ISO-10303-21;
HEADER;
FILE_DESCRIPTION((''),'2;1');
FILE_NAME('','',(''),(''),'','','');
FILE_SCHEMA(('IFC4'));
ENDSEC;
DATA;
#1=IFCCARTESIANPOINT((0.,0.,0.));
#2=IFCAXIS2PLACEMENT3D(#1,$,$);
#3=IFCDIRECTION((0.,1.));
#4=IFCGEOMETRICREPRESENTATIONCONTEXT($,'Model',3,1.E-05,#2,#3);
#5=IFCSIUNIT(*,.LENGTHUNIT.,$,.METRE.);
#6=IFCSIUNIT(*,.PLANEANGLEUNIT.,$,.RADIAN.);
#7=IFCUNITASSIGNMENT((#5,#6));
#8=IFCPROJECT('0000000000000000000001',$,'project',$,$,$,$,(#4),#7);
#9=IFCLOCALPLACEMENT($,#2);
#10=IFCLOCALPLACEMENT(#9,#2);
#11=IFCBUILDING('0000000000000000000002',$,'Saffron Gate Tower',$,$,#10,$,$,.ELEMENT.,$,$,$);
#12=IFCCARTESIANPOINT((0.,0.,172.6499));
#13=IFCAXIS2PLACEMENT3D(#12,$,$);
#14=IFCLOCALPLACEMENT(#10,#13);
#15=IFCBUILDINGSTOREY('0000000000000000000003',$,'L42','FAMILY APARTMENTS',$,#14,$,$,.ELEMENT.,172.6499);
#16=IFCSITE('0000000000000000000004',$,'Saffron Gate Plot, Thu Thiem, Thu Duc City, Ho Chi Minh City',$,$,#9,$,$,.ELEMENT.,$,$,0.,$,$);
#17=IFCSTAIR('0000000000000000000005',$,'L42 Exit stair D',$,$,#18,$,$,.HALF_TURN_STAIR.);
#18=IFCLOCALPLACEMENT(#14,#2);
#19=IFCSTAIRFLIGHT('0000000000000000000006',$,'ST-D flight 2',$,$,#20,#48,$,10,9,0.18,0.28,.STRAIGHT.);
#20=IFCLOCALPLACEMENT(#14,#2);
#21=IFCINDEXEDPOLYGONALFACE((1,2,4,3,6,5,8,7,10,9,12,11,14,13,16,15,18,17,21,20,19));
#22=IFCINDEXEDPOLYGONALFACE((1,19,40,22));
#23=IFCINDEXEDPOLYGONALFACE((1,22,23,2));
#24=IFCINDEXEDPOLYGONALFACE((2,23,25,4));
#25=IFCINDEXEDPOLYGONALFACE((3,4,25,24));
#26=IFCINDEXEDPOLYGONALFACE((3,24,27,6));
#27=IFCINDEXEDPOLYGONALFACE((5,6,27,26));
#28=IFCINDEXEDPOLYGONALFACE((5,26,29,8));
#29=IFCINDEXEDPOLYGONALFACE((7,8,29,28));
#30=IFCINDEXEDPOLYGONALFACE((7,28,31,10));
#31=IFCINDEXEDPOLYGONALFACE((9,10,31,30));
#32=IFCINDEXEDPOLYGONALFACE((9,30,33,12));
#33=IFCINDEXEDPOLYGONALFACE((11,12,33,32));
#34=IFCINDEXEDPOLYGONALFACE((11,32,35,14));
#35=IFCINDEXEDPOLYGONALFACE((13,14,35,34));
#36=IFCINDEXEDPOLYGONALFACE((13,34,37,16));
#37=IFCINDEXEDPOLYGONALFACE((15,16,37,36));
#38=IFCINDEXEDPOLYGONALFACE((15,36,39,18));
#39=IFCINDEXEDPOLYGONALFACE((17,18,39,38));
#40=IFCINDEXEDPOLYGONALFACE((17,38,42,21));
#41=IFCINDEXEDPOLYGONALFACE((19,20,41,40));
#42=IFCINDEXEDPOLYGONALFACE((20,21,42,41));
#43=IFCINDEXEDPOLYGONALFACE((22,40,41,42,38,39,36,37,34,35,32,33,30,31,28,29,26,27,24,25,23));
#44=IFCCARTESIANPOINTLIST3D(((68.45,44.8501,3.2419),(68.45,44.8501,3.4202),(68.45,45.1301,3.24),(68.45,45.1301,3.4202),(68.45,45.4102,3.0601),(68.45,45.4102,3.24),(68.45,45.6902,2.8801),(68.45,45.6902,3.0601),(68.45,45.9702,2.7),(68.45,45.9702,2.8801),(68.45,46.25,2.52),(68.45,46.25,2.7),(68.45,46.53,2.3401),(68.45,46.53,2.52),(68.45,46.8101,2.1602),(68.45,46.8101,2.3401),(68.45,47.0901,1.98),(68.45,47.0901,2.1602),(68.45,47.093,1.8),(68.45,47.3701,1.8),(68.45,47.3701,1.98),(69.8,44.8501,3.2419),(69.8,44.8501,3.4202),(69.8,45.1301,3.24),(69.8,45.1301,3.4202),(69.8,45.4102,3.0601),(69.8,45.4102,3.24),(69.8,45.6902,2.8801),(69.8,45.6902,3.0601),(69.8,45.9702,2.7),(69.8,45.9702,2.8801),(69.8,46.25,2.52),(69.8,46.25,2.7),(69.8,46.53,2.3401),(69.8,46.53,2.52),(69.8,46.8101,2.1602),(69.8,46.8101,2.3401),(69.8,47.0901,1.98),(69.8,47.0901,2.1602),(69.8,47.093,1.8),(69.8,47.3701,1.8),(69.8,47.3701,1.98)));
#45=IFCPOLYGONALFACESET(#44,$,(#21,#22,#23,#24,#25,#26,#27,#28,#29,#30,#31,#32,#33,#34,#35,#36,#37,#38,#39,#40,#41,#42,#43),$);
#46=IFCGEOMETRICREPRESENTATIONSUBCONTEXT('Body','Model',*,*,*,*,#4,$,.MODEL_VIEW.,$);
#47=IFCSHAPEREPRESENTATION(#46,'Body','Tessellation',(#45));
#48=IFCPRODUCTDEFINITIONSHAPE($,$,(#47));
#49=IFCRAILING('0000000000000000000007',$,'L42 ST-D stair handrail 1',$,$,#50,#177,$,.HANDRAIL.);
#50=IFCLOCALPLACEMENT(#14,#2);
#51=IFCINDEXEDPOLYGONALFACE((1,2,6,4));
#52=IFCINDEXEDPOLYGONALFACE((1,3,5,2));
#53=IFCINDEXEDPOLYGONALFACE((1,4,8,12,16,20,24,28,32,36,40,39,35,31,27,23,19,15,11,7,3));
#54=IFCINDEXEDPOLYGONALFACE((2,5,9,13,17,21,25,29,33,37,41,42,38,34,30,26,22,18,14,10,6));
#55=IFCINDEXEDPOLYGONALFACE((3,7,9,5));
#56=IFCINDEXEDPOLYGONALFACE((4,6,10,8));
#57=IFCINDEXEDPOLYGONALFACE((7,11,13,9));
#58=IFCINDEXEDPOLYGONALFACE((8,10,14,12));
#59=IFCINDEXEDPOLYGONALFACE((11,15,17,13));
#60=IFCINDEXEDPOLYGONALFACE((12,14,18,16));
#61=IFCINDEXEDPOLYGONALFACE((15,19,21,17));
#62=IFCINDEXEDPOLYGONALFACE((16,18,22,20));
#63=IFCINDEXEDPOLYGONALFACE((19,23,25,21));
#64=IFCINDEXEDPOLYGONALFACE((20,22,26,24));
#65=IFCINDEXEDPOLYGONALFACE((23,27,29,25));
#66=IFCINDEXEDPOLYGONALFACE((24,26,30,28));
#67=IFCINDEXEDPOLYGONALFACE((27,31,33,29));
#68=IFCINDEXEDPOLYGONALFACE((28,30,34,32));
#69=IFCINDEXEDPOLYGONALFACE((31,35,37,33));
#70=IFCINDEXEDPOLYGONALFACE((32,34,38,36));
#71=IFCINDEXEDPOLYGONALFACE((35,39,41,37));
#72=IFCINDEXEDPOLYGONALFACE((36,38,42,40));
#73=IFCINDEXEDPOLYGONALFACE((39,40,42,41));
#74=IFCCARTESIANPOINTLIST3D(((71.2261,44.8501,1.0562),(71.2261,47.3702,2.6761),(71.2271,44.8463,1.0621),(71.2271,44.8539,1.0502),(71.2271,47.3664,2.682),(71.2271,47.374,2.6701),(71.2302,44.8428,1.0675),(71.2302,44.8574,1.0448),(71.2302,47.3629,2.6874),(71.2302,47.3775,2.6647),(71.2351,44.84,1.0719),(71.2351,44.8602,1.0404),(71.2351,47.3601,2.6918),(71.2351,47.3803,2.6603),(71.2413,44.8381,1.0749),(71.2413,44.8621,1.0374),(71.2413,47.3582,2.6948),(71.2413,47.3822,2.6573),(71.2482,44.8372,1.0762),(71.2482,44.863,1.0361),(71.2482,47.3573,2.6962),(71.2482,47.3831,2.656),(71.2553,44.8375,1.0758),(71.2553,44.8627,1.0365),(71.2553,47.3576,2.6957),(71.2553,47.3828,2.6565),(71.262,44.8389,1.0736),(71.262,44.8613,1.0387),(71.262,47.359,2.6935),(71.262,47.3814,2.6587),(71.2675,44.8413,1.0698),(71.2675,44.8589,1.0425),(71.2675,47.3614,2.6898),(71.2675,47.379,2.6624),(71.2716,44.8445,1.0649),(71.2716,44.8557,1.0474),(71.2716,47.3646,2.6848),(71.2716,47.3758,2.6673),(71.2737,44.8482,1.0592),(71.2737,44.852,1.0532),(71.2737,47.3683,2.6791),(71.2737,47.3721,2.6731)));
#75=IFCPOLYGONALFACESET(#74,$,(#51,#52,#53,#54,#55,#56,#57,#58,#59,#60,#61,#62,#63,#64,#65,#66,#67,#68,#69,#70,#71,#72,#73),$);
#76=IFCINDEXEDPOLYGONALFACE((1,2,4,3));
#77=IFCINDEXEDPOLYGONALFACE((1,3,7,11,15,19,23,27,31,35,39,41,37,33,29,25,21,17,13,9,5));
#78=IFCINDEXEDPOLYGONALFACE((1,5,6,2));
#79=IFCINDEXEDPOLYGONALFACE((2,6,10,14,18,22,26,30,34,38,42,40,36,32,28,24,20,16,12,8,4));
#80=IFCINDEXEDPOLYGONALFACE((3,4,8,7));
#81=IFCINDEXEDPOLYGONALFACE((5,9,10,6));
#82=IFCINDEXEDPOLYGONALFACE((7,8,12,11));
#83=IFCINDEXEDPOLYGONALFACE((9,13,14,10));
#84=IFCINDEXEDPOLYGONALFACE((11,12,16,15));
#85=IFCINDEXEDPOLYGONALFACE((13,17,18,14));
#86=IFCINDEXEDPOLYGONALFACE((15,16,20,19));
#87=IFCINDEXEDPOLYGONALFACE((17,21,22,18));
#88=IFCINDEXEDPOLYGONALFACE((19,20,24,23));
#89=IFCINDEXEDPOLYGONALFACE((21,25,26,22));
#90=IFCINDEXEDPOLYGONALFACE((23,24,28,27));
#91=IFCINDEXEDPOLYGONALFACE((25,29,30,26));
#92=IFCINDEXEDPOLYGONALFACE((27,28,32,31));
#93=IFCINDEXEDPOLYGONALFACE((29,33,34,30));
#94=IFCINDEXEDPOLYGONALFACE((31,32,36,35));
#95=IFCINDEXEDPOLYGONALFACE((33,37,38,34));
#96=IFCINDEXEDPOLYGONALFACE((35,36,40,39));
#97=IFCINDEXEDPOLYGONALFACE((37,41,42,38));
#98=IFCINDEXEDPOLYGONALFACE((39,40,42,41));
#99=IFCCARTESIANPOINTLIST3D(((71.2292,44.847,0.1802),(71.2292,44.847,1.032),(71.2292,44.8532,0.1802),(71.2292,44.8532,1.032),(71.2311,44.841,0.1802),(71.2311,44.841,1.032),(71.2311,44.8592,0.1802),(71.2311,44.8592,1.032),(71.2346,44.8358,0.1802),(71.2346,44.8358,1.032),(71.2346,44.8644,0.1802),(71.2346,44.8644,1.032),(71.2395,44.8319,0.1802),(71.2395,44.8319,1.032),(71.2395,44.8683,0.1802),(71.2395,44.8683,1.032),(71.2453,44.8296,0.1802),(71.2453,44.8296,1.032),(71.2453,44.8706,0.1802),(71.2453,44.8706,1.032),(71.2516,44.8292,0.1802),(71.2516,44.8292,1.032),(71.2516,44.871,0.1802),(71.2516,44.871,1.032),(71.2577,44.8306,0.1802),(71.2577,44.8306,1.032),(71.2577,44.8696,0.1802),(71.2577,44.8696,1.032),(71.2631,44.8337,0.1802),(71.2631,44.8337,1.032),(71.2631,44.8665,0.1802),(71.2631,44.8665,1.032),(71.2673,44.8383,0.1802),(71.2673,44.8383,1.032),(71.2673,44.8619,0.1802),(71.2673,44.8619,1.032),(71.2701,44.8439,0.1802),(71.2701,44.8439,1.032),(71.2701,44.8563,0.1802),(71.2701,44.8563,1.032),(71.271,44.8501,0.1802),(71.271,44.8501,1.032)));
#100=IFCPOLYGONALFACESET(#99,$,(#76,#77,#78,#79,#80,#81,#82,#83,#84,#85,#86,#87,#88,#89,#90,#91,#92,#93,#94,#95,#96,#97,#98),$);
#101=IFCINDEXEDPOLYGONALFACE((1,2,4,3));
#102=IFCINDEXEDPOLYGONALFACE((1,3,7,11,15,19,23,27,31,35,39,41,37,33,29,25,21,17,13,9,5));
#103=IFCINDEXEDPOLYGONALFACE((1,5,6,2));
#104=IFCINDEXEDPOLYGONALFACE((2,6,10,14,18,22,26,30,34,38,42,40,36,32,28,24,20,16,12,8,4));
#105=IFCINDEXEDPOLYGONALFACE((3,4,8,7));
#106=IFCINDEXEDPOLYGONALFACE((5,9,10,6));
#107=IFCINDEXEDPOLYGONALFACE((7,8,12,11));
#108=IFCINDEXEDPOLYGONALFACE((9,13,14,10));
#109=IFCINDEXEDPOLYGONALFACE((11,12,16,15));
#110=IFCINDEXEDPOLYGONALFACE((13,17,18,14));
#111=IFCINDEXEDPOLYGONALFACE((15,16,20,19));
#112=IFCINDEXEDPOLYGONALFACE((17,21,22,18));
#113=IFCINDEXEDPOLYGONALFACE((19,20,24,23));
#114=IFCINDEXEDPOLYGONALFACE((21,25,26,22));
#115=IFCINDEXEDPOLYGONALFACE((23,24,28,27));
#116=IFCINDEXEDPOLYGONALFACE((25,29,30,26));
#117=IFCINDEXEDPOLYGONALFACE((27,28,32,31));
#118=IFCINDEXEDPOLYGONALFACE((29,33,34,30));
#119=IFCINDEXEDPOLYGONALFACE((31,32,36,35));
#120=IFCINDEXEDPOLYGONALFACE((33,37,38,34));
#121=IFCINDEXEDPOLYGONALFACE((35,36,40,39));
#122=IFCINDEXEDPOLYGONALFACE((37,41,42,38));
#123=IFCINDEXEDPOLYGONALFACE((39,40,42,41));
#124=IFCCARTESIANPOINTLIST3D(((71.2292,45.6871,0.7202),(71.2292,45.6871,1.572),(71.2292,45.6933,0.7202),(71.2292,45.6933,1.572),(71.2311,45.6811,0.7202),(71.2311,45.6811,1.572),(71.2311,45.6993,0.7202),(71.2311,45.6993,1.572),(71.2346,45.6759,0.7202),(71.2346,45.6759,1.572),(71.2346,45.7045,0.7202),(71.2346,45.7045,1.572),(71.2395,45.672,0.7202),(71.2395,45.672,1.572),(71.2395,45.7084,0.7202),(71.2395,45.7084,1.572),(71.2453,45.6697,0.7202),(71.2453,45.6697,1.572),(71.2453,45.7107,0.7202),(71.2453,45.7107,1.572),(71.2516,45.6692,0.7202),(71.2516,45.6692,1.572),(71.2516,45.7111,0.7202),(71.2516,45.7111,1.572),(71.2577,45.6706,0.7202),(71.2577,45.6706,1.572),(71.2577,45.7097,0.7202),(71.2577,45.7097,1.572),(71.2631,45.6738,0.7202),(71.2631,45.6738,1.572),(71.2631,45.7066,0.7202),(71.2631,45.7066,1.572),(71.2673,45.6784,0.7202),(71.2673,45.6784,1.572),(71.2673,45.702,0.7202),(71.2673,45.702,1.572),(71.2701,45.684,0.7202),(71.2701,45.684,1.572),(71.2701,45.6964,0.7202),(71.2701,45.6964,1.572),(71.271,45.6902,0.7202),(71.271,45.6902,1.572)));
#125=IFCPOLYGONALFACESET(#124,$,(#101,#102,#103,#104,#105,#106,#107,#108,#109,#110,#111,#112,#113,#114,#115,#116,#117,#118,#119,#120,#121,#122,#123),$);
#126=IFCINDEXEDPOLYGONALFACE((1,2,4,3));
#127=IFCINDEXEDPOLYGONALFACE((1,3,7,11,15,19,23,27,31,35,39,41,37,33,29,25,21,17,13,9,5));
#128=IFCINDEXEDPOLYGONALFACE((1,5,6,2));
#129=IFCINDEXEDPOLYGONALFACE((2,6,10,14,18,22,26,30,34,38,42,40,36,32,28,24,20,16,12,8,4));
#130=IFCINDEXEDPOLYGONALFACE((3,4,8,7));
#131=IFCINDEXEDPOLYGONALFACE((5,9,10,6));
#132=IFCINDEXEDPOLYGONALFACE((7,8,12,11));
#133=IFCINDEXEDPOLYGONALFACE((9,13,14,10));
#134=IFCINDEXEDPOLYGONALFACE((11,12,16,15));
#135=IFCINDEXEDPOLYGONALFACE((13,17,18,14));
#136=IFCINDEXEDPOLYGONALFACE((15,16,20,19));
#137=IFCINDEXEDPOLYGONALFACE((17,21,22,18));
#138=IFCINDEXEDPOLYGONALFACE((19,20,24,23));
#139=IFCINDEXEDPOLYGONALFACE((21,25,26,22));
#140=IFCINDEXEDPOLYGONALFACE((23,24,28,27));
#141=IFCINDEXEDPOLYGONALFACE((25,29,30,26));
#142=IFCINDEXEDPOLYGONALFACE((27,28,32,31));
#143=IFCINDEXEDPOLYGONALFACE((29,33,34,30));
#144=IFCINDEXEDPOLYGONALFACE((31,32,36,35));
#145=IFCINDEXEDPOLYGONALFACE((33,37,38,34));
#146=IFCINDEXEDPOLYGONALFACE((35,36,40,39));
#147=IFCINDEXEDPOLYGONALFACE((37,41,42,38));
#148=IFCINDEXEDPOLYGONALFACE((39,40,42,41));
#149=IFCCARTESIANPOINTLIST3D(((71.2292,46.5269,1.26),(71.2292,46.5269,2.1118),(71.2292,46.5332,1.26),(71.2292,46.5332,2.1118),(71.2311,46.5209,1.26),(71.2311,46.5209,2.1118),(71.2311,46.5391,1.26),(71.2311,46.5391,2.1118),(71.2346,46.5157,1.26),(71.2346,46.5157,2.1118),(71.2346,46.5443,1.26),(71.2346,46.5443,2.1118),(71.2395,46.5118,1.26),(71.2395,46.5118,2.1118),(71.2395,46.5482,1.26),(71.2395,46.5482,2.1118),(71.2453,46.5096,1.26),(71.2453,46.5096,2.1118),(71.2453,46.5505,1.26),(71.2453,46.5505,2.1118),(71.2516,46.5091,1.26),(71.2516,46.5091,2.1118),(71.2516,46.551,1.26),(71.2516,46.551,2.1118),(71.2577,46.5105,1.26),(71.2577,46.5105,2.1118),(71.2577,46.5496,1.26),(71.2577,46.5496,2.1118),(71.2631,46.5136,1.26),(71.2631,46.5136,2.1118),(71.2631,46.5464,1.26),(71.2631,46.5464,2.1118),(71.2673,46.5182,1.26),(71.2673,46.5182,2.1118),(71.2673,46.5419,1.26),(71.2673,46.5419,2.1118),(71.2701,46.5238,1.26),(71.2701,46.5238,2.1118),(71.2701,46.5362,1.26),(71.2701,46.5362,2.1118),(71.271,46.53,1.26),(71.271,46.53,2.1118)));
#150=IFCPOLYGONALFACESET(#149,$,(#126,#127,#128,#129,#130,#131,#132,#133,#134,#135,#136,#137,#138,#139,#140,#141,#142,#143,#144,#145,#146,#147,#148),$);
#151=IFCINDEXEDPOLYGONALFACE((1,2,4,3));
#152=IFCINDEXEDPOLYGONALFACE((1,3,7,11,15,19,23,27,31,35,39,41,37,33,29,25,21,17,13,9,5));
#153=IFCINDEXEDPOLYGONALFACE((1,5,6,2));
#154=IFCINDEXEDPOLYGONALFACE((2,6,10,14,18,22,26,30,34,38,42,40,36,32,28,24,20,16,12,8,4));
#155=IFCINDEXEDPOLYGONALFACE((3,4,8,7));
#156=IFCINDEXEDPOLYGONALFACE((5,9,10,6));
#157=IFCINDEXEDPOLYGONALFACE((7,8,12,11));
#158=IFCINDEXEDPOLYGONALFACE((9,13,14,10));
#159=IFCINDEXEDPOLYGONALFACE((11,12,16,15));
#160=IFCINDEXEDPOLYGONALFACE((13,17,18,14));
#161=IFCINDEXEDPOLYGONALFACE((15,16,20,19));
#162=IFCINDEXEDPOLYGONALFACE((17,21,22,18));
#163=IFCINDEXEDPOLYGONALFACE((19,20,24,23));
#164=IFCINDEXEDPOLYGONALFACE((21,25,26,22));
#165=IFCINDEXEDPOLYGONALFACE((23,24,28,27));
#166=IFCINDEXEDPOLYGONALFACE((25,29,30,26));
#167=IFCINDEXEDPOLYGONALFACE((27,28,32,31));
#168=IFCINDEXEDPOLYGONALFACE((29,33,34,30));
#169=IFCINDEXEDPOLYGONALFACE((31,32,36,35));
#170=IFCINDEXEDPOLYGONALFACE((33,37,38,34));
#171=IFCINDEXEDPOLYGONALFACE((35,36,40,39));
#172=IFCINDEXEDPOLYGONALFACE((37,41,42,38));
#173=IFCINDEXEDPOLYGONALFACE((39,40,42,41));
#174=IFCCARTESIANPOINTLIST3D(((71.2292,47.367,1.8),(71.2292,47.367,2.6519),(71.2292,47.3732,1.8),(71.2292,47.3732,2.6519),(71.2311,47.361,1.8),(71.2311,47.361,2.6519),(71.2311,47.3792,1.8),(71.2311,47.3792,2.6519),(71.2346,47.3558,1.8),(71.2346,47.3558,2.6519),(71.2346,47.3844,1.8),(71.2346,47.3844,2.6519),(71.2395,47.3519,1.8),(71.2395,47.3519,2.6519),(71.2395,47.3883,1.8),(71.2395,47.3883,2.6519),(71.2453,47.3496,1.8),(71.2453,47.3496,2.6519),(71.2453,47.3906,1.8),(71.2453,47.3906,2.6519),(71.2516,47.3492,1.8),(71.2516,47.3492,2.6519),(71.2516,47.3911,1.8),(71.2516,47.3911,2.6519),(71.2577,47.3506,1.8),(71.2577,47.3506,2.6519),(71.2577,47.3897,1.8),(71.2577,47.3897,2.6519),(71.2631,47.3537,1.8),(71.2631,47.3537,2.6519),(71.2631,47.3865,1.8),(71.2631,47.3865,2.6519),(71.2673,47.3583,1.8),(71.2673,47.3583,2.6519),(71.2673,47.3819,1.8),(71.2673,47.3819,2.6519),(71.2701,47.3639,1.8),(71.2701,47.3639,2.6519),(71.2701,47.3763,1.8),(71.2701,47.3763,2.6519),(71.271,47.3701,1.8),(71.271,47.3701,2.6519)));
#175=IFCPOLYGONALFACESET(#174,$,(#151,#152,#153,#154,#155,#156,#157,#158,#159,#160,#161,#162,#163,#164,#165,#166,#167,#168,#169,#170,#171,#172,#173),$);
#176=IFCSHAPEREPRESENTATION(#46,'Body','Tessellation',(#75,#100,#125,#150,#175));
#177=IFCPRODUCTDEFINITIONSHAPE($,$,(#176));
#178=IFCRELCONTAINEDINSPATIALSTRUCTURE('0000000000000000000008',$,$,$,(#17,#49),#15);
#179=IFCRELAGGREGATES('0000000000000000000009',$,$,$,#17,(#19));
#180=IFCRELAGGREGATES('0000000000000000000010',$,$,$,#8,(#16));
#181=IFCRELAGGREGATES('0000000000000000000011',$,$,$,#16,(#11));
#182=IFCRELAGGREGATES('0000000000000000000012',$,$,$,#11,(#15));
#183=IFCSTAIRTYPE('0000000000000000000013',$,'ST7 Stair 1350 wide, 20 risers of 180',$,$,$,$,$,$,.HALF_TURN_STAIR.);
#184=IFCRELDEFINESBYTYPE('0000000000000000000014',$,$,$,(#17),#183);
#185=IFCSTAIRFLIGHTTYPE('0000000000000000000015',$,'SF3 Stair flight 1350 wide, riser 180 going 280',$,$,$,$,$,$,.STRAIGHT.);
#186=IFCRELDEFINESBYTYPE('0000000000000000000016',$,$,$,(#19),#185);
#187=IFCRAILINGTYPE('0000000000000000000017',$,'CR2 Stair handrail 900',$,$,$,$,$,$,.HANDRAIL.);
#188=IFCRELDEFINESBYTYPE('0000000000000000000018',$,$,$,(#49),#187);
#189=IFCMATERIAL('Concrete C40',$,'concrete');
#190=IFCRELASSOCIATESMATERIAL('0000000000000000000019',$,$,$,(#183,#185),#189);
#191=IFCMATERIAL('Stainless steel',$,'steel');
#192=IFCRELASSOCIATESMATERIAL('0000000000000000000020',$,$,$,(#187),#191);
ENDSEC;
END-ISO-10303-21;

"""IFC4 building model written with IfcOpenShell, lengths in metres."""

from ifc_helpers import new_model, si_unit, direction, frame, origin, origin_2d, place, context, subcontext, project, spatial, polyline, circle, outline, extrude, material, type_object, element, aggregate, save


model = new_model("IFC4")

# Units and contexts
model_context = context("Model", 3, precision=1e-05, world=origin(), true_north=direction((0.0, 1.0)))
body_context = subcontext(model_context, "Body", "Model", "MODEL_VIEW")
ifc_project = project(units=[si_unit("LENGTHUNIT", "METRE"), si_unit("PLANEANGLEUNIT", "RADIAN")], contexts=[model_context])

# Site, building, storey
site_placement = place(None, origin())
site = spatial("IfcSite", under=ifc_project, at=site_placement, Name="Saffron Gate Plot, Thu Thiem, Thu Duc City, Ho Chi Minh City", CompositionType="ELEMENT", RefElevation=0.0)
building_placement = place(site_placement, origin())
building = spatial("IfcBuilding", under=site, at=building_placement, Name="Saffron Gate Tower", CompositionType="ELEMENT")
storey_placement = place(building_placement, frame((0.0, 0.0, 172.6499)))
storey = spatial("IfcBuildingStorey", under=building, at=storey_placement, Name="L42", Description="FAMILY APARTMENTS", CompositionType="ELEMENT", Elevation=172.6499)

# Stair, stair flight
ifc_material_1 = material(Name="Concrete C40", Category="concrete")
stair_type = type_object("IfcStairType", Name="ST7 Stair 1350 wide, 20 risers of 180", PredefinedType="HALF_TURN_STAIR", material=ifc_material_1)
stair_placement = place(storey_placement, origin())
stair = element("IfcStair", 1, at=stair_placement, inside=storey, type_object=stair_type, Name="L42 Exit stair D", PredefinedType="HALF_TURN_STAIR")
stair_flight_type = type_object("IfcStairFlightType", Name="SF3 Stair flight 1350 wide, riser 180 going 280", PredefinedType="STRAIGHT", material=ifc_material_1)
stair_flight_1_placement = place(storey_placement, frame((69.125, 47.3701, 1.8), z_axis=(0.0, 0.0, 1.0), x_axis=(0.0, -1.0, 0.0)))
stair_flight_1 = element("IfcStairFlight", 2, at=stair_flight_1_placement, type_object=stair_flight_type, Name="ST-D flight 2", NumberOfRisers=10, NumberOfTreads=9, PredefinedType="STRAIGHT", RiserHeight=0.18, TreadLength=0.28, context=body_context, shape_type="SweptSolid", body=[
    extrude(outline(polyline([(0.0, 0.0), (0.0, 0.1799), (0.28, 0.1799), (0.28, 0.3601), (0.5601, 0.3601), (0.5601, 0.54), (0.8401, 0.54), (0.8401, 0.72), (1.1201, 0.72), (1.1201, 0.8999), (1.3999, 0.8999), (1.3999, 1.0801), (1.6799, 1.0801), (1.6799, 1.26), (1.96, 1.26), (1.96, 1.4399), (2.24, 1.4399), (2.24, 1.6201), (2.52, 1.6201), (2.52, 1.8), (2.52, 1.4419), (0.2771, 0.0), (0.0, 0.0)])), frame((0.0, 0.675, 0.0), z_axis=(0.0, -1.0, 0.0), x_axis=(1.0, 0.0, 0.0)), (0.0, 0.0, 1.0), 1.3501),
])
aggregate(stair, [stair_flight_1])

# Railing
ifc_material_2 = material(Name="Stainless steel", Category="steel")
railing_type_1 = type_object("IfcRailingType", Name="CR2 Stair handrail 900", PredefinedType="HANDRAIL", material=ifc_material_2)
railing_1_placement = place(storey_placement, frame((71.25, 44.8501, 0.1802)))
element("IfcRailing", 3, at=railing_1_placement, inside=storey, type_object=railing_type_1, Name="L42 ST-D stair handrail 1", PredefinedType="HANDRAIL", context=body_context, shape_type="SweptSolid", body=[
    extrude(circle(Radius=0.0239, at=origin_2d()), frame((0.0, 0.0, 0.876), z_axis=(0.0, 0.8412, 0.540725), x_axis=(-1.0, 0.0, 0.0)), (0.0, 0.0, 1.0), 2.9958),
    extrude(circle(Radius=0.021, at=origin_2d()), origin(), (0.0, 0.0, 1.0), 0.8518),
    extrude(circle(Radius=0.021, at=origin_2d()), frame((0.0, 0.8401, 0.54)), (0.0, 0.0, 1.0), 0.8518),
    extrude(circle(Radius=0.021, at=origin_2d()), frame((0.0, 1.6799, 1.0798)), (0.0, 0.0, 1.0), 0.8518),
    extrude(circle(Radius=0.021, at=origin_2d()), frame((0.0, 2.52, 1.6199)), (0.0, 0.0, 1.0), 0.8518),
])

save(model, "model.ifc")
